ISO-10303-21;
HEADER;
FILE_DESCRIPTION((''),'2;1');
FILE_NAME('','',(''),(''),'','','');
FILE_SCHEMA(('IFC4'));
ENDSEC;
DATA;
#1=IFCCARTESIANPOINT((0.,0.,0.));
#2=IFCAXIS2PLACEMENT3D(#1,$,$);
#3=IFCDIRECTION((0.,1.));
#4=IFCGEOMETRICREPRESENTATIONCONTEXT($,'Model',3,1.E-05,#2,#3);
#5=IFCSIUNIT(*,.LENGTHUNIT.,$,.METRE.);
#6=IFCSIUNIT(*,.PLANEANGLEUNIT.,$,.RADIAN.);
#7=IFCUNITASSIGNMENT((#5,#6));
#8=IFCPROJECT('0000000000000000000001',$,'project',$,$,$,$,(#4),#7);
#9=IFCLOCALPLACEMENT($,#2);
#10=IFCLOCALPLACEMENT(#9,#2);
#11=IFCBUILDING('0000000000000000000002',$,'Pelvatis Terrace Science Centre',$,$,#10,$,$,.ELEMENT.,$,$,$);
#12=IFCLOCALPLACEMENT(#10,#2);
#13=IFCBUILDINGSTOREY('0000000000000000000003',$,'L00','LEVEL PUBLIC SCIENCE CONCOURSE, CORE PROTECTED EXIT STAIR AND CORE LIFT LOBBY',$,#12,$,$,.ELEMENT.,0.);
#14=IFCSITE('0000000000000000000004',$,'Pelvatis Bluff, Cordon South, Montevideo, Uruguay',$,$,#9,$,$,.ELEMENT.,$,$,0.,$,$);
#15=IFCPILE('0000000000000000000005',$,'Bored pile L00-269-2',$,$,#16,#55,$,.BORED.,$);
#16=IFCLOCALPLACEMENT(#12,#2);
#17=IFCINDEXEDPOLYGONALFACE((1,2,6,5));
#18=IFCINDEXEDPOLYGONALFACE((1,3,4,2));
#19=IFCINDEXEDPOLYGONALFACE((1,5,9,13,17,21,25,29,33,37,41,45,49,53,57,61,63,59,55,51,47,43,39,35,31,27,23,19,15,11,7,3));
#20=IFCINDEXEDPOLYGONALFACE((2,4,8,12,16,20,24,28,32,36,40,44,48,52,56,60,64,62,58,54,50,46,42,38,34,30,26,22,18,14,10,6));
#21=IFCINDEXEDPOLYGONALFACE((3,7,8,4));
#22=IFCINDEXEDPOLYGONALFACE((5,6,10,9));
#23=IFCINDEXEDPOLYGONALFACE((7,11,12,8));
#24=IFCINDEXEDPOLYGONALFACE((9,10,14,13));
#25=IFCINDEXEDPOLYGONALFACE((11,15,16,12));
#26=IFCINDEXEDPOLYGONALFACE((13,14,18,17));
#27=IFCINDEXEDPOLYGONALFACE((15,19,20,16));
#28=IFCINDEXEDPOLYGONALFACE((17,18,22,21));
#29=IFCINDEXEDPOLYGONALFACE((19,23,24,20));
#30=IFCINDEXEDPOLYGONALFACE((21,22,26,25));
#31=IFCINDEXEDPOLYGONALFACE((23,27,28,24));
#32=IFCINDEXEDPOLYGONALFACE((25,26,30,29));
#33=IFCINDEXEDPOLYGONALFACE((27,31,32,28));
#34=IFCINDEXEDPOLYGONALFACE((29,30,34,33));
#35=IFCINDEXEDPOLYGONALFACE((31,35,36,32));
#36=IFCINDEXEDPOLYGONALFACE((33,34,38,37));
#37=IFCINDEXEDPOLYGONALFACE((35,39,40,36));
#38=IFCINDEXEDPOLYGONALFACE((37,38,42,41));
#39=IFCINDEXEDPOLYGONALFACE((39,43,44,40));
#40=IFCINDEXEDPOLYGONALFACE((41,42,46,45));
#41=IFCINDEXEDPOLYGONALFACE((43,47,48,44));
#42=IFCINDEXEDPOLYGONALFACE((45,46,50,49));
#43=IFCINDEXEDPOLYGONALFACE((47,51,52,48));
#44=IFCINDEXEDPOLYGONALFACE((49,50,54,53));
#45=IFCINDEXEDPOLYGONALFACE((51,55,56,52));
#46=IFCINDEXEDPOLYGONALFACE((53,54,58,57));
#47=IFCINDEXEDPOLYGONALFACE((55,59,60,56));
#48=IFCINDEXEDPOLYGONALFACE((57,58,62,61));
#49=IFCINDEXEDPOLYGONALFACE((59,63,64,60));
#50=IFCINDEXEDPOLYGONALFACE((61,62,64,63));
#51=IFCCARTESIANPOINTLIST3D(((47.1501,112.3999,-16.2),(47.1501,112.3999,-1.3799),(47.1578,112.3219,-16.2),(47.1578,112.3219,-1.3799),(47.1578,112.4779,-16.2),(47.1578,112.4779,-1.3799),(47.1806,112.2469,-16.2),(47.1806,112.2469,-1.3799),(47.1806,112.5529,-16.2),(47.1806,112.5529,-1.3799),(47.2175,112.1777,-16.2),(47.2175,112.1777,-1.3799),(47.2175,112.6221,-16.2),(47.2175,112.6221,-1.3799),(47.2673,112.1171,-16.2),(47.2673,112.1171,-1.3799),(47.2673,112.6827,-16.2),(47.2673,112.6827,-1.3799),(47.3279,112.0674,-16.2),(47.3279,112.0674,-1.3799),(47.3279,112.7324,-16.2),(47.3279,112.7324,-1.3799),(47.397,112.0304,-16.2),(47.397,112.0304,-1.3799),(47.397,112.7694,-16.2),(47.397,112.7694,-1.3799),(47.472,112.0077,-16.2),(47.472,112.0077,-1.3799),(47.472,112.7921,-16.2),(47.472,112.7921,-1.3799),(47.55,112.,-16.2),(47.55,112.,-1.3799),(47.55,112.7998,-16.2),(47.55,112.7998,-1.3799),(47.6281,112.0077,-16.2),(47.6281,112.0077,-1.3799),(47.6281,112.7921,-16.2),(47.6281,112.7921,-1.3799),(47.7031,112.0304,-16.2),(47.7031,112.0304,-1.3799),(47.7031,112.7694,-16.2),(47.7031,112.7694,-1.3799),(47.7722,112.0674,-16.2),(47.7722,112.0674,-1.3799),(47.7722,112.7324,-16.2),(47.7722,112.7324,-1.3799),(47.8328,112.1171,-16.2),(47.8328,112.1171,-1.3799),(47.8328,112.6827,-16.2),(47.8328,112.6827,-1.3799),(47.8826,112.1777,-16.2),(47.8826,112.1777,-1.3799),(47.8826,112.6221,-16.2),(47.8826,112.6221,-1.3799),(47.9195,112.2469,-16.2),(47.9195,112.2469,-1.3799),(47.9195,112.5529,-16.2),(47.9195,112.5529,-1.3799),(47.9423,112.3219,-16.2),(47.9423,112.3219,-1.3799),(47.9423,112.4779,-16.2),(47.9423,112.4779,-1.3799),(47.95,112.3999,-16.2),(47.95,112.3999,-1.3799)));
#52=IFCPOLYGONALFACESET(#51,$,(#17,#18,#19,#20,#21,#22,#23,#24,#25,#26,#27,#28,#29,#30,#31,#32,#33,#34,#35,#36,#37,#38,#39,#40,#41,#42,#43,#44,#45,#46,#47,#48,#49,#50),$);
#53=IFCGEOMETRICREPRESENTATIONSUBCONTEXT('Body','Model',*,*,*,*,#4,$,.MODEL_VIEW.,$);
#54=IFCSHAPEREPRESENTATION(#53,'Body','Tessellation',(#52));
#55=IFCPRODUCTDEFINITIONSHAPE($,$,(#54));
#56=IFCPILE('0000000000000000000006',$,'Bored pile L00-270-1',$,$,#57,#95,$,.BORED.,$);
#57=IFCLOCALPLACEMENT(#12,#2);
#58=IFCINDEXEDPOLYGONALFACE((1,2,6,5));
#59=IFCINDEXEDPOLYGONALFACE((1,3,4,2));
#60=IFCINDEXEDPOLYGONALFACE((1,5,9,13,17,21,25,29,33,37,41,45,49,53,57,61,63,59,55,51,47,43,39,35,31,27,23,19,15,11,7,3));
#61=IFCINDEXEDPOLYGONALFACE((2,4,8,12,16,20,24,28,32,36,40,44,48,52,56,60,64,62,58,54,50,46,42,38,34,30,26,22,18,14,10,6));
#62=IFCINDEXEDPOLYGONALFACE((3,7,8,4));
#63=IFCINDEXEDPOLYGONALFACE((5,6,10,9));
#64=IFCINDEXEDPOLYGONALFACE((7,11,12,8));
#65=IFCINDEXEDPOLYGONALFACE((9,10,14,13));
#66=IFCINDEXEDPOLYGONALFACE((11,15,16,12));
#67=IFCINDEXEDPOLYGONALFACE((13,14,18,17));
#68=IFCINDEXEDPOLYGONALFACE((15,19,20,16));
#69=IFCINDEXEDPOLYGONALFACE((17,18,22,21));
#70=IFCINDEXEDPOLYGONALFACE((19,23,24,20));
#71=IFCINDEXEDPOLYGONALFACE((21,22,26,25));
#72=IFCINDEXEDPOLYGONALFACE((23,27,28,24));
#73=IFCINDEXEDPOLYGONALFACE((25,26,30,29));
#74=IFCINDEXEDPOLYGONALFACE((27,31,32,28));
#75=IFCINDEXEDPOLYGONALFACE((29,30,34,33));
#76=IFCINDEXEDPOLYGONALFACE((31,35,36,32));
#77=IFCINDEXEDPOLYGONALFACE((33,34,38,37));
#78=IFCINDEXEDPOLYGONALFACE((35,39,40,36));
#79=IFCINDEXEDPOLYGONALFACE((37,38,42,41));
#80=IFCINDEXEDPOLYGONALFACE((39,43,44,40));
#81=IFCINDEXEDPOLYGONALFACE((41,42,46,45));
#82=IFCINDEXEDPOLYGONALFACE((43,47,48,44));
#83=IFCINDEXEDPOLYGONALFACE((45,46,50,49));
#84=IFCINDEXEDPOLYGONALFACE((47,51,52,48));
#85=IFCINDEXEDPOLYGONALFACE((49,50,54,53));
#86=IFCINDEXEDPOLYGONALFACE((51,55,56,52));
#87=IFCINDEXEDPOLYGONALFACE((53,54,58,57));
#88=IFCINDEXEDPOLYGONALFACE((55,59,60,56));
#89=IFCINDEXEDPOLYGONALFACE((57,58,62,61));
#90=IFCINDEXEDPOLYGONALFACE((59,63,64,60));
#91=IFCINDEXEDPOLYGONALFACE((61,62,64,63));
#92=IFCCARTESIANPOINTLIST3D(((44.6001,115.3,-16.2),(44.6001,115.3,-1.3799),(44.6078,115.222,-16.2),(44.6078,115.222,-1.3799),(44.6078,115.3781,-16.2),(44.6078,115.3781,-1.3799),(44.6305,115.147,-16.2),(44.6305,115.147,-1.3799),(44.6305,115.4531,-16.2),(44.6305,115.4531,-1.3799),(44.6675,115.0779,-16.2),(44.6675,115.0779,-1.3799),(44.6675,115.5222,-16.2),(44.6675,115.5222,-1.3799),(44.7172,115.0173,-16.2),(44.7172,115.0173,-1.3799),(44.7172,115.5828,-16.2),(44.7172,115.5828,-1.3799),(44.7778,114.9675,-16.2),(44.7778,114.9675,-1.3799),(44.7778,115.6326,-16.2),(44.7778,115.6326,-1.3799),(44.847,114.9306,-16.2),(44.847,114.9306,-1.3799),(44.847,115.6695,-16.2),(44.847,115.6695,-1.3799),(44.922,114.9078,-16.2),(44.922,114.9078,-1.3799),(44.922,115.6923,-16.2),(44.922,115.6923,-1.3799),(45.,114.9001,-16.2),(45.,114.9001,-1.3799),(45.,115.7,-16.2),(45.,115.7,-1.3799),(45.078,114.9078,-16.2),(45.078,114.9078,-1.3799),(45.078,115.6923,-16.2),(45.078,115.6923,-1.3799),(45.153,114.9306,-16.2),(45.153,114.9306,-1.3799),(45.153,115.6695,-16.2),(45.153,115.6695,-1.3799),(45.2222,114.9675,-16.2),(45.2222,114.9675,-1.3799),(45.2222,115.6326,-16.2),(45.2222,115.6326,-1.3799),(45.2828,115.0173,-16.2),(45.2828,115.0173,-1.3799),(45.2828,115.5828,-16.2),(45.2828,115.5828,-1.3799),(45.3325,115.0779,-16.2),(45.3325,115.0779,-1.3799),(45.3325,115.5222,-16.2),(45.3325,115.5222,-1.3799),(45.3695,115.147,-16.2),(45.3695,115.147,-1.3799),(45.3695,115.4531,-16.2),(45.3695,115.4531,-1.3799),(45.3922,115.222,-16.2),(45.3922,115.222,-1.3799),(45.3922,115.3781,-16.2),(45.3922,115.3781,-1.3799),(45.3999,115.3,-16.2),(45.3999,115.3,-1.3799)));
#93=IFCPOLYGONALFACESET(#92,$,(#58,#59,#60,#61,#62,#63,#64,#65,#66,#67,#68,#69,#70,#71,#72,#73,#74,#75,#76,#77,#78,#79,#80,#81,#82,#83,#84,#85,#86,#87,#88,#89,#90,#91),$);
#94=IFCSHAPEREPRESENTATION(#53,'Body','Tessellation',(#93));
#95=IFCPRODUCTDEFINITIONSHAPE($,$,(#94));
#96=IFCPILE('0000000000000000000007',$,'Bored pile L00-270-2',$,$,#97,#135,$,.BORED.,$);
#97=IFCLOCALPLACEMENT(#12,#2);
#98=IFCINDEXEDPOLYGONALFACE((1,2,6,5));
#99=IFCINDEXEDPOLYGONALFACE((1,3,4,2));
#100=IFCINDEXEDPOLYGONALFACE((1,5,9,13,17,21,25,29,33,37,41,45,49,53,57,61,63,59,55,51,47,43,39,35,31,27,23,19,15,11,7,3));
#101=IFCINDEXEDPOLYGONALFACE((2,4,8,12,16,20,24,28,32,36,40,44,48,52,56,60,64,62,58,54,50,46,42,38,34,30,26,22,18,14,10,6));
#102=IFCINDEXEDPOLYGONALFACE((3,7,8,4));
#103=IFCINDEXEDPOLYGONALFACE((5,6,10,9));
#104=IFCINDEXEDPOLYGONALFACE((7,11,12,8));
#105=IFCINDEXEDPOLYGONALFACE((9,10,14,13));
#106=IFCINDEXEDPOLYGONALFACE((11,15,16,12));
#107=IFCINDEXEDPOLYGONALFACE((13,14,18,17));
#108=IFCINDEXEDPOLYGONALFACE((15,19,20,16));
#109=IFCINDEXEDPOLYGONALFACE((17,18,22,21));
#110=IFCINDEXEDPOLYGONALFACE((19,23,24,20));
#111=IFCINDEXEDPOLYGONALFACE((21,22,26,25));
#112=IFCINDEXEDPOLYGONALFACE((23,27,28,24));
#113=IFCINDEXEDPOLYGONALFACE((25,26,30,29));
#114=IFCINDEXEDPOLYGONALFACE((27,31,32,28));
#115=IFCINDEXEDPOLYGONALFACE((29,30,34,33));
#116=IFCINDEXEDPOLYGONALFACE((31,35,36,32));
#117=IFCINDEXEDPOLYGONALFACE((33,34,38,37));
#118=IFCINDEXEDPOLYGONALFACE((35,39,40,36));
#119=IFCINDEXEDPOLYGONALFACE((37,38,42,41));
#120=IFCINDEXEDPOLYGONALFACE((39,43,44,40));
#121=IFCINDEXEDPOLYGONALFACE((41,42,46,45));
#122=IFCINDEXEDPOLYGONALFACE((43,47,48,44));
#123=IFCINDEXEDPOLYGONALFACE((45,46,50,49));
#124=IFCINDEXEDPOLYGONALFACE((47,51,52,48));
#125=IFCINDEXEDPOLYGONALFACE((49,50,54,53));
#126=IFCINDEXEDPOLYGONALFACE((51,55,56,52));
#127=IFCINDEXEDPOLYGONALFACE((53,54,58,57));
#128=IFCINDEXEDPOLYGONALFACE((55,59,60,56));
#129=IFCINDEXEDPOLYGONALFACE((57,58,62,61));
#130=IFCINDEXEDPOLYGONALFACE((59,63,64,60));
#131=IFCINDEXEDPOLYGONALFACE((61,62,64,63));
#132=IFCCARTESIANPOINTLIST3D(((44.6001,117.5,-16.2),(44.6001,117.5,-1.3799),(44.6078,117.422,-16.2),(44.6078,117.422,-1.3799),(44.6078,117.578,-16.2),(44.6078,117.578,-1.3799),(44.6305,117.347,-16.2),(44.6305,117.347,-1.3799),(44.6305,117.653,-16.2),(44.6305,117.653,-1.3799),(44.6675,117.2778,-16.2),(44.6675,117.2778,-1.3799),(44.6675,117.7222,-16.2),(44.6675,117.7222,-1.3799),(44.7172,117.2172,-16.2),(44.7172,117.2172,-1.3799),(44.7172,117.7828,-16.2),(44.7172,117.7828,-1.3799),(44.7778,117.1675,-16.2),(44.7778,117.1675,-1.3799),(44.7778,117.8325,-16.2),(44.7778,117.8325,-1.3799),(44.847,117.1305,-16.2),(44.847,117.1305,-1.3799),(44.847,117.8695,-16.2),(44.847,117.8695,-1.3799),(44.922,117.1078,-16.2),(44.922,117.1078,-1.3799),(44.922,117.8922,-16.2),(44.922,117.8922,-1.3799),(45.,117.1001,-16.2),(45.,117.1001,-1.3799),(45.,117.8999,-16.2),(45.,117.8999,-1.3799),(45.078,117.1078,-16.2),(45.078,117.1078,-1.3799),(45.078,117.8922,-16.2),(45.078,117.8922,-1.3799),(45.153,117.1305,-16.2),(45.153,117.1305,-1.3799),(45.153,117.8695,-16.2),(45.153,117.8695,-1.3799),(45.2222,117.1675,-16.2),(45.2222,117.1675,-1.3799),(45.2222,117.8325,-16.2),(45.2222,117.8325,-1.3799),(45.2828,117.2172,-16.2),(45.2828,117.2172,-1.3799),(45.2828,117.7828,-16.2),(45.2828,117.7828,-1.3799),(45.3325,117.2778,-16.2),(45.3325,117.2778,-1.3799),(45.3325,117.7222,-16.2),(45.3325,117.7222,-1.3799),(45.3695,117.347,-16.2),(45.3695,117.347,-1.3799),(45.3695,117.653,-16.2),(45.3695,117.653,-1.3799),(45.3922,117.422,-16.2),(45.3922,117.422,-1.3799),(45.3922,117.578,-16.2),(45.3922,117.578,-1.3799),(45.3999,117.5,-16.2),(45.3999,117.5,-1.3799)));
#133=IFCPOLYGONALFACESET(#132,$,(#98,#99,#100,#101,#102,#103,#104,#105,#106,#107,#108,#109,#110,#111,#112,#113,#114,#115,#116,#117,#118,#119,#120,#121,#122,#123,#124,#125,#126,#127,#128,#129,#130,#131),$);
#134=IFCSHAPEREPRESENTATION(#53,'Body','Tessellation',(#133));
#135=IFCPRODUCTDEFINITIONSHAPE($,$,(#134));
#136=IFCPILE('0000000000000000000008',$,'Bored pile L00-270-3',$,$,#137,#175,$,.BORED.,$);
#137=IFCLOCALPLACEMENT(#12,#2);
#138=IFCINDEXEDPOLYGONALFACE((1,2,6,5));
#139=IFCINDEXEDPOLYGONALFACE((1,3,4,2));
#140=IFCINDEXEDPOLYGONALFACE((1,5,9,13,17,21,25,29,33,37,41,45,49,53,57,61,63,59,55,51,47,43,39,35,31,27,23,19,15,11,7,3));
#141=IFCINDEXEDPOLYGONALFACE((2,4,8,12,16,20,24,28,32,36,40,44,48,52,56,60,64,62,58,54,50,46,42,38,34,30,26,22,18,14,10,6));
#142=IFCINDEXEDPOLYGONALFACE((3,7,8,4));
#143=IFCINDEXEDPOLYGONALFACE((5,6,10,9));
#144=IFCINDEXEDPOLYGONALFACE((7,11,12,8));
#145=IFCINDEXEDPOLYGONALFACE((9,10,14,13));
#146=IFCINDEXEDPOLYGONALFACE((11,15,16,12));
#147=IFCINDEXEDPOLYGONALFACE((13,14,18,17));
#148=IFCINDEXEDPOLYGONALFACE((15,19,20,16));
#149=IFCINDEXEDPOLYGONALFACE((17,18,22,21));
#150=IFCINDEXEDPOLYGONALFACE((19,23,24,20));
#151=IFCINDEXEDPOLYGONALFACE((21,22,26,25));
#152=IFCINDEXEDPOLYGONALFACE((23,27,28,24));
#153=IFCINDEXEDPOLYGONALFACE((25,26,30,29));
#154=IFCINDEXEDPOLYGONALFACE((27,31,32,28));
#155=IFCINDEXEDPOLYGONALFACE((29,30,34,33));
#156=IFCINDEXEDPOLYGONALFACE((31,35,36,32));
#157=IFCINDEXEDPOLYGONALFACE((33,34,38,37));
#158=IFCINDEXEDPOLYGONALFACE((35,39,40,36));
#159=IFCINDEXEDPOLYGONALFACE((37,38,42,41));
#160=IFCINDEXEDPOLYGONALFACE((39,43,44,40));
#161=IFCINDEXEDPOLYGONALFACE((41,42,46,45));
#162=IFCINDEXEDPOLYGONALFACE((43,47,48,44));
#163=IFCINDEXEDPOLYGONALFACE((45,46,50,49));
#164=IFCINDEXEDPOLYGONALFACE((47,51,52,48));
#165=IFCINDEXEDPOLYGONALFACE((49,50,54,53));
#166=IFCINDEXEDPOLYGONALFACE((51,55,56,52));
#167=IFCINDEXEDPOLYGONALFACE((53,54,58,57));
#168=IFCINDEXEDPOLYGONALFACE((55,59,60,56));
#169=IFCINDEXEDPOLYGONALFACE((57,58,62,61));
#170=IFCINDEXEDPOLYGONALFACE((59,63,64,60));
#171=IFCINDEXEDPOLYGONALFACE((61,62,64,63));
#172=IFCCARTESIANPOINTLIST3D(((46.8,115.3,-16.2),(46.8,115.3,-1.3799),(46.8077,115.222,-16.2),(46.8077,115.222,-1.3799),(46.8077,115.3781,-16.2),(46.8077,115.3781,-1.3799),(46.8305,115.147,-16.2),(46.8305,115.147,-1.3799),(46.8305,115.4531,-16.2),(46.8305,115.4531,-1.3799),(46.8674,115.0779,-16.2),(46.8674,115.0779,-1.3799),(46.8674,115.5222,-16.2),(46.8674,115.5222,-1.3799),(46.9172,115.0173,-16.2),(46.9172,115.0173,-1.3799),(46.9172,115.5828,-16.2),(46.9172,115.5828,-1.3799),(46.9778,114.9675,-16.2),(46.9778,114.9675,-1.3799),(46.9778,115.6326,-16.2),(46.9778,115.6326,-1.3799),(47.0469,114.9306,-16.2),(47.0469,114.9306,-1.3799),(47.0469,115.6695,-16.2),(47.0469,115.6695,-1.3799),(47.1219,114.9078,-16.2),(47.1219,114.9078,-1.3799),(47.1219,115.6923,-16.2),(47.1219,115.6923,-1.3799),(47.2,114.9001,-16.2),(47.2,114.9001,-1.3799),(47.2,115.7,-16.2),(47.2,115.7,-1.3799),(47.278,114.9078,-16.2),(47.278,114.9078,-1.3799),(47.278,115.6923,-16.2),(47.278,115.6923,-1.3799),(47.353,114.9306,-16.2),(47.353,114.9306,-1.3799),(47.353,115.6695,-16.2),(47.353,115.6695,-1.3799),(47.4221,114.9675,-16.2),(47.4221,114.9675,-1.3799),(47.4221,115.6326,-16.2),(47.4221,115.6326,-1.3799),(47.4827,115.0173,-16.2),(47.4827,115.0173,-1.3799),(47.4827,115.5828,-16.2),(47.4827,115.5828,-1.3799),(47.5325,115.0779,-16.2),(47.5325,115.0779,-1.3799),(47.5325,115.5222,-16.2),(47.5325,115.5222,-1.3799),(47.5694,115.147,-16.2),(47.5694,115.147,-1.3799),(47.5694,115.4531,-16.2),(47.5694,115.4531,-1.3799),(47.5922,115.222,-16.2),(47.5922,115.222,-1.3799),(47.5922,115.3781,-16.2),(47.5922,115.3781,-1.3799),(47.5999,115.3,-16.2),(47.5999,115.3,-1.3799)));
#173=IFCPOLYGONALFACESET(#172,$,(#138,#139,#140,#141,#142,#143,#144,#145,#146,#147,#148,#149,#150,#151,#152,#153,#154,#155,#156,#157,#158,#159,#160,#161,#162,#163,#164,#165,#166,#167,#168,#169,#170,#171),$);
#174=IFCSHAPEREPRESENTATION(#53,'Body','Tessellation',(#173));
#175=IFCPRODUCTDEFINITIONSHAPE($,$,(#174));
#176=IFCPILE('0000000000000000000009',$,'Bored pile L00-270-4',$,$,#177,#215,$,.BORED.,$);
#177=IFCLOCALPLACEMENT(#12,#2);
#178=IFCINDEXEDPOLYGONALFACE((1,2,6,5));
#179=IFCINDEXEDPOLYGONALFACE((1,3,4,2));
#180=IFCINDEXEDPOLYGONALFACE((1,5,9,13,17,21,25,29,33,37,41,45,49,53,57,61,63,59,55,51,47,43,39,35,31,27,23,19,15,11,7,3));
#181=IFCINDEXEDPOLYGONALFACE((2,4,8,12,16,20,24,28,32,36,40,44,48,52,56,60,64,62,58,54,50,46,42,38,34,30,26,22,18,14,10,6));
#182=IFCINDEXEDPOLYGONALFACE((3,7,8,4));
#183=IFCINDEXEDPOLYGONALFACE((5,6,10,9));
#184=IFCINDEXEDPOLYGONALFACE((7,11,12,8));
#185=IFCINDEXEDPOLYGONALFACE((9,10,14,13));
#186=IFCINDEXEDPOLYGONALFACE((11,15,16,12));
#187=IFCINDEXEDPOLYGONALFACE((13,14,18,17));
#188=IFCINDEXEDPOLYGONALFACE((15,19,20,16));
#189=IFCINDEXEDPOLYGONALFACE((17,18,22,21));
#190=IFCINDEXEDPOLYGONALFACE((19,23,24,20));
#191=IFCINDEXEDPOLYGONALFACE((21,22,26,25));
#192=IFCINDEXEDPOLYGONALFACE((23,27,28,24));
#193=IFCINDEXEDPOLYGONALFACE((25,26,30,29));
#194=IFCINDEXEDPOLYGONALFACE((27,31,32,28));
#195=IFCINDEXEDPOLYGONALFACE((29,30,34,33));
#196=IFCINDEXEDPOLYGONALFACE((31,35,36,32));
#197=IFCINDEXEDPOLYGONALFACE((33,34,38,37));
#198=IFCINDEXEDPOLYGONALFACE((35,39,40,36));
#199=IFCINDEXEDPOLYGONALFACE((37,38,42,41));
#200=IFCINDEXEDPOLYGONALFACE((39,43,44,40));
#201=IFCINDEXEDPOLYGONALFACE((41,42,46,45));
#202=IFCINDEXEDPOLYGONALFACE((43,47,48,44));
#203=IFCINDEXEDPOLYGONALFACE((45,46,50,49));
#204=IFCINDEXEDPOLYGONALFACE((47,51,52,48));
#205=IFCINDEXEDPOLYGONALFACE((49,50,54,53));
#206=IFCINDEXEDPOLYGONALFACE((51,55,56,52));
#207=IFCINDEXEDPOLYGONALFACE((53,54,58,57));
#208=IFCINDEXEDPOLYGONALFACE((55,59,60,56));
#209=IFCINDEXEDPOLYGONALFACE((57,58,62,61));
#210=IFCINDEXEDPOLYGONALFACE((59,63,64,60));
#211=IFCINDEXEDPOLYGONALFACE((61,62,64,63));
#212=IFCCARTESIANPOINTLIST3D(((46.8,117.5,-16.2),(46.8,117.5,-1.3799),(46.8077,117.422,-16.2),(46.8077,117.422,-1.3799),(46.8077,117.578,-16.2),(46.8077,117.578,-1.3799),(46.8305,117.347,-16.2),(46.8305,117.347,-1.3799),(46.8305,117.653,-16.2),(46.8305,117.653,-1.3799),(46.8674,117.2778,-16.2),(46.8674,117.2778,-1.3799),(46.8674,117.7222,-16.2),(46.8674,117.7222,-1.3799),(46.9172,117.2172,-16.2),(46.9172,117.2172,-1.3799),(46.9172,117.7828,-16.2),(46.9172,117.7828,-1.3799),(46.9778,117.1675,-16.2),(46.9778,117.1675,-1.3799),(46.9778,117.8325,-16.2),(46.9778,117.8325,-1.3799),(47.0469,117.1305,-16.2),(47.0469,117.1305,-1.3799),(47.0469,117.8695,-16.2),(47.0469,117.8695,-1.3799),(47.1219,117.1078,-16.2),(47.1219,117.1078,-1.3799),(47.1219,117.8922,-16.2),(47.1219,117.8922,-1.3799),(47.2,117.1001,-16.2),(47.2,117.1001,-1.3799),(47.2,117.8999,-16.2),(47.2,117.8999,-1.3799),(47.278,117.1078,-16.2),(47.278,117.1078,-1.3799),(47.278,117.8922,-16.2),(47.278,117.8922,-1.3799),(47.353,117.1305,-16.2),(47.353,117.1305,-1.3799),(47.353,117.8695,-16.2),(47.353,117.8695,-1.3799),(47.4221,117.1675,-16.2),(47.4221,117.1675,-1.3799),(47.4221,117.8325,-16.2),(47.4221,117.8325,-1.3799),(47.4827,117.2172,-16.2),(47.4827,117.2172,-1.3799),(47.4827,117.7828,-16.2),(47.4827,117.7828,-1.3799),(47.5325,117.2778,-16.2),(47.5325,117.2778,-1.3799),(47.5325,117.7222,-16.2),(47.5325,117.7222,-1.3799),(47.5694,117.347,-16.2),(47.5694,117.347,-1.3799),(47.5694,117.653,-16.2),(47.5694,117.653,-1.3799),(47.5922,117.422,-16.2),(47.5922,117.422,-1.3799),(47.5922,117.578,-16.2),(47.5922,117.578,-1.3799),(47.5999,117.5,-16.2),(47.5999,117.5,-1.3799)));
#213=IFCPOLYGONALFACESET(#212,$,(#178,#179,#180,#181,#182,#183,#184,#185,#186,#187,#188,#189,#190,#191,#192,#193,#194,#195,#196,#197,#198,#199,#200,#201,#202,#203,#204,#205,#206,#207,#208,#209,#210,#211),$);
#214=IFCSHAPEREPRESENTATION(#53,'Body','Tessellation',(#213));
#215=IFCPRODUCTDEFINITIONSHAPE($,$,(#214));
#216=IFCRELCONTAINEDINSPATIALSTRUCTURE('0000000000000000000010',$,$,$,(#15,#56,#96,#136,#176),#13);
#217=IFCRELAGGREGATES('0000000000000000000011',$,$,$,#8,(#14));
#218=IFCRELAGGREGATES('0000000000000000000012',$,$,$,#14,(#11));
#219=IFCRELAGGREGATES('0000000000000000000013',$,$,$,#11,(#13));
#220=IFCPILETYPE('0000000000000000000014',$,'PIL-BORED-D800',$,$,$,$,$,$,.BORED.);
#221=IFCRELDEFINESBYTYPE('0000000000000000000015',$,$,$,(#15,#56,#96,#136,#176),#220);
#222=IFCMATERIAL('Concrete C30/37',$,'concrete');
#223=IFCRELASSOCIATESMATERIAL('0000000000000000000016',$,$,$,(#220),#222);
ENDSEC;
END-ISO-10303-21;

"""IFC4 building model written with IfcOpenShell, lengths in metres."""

from ifc_helpers import new_model, si_unit, direction, frame, origin, origin_2d, place, context, subcontext, project, spatial, circle, extrude, material, material_profile, profile_set, type_object, element, save


model = new_model("IFC4")

# Units and contexts
model_context = context("Model", 3, precision=1e-05, world=origin(), true_north=direction((0.0, 1.0)))
body_context = subcontext(model_context, "Body", "Model", "MODEL_VIEW")
ifc_project = project(units=[si_unit("LENGTHUNIT", "METRE"), si_unit("PLANEANGLEUNIT", "RADIAN")], contexts=[model_context])

# Site, building, storey
site_placement = place(None, origin())
site = spatial("IfcSite", under=ifc_project, at=site_placement, Name="Pelvatis Bluff, Cordon South, Montevideo, Uruguay", CompositionType="ELEMENT", RefElevation=0.0)
building_placement = place(site_placement, origin())
building = spatial("IfcBuilding", under=site, at=building_placement, Name="Pelvatis Terrace Science Centre", CompositionType="ELEMENT")
storey_placement = place(building_placement, origin())
storey = spatial("IfcBuildingStorey", under=building, at=storey_placement, Name="L00", Description="LEVEL PUBLIC SCIENCE CONCOURSE, CORE PROTECTED EXIT STAIR AND CORE LIFT LOBBY", CompositionType="ELEMENT", Elevation=0.0)

# Piles
ifc_material_1 = material(Name="Concrete C30/37", Category="concrete")
ifc_material_profile_1 = material_profile(ifc_material_1, circle(Radius=0.3999, at=origin_2d()), Name="PILE D800")
ifc_profile_set_1 = profile_set([ifc_material_profile_1], Name="Concrete C30/37")
pile_type = type_object("IfcPileType", Name="PIL-BORED-D800", PredefinedType="BORED", material=ifc_profile_set_1)
for number, where, z_axis, x_axis, name in (
    (1, (47.55, 112.3999, -1.3799), (0.0, 0.0, -1.0), (1.0, 0.0, 0.0), "Bored pile L00-269-2"),
    (2, (45.0, 115.3, -1.3799), (0.0, 0.0, -1.0), (1.0, 0.0, 0.0), "Bored pile L00-270-1"),
    (3, (45.0, 117.5, -1.3799), (0.0, 0.0, -1.0), (1.0, 0.0, 0.0), "Bored pile L00-270-2"),
    (4, (47.2, 115.3, -1.3799), (0.0, 0.0, -1.0), (1.0, 0.0, 0.0), "Bored pile L00-270-3"),
    (5, (47.2, 117.5, -1.3799), (0.0, 0.0, -1.0), (1.0, 0.0, 0.0), "Bored pile L00-270-4"),
):
    element("IfcPile", number, at=place(storey_placement, frame(where, z_axis=z_axis, x_axis=x_axis)), inside=storey, type_object=pile_type, Name=name, PredefinedType="BORED", context=body_context, shape_type="SweptSolid", body=[
        extrude(circle(Radius=0.3999, at=origin_2d()), origin(), (0.0, 0.0, 1.0), 14.8201),
    ])

save(model, "model.ifc")
